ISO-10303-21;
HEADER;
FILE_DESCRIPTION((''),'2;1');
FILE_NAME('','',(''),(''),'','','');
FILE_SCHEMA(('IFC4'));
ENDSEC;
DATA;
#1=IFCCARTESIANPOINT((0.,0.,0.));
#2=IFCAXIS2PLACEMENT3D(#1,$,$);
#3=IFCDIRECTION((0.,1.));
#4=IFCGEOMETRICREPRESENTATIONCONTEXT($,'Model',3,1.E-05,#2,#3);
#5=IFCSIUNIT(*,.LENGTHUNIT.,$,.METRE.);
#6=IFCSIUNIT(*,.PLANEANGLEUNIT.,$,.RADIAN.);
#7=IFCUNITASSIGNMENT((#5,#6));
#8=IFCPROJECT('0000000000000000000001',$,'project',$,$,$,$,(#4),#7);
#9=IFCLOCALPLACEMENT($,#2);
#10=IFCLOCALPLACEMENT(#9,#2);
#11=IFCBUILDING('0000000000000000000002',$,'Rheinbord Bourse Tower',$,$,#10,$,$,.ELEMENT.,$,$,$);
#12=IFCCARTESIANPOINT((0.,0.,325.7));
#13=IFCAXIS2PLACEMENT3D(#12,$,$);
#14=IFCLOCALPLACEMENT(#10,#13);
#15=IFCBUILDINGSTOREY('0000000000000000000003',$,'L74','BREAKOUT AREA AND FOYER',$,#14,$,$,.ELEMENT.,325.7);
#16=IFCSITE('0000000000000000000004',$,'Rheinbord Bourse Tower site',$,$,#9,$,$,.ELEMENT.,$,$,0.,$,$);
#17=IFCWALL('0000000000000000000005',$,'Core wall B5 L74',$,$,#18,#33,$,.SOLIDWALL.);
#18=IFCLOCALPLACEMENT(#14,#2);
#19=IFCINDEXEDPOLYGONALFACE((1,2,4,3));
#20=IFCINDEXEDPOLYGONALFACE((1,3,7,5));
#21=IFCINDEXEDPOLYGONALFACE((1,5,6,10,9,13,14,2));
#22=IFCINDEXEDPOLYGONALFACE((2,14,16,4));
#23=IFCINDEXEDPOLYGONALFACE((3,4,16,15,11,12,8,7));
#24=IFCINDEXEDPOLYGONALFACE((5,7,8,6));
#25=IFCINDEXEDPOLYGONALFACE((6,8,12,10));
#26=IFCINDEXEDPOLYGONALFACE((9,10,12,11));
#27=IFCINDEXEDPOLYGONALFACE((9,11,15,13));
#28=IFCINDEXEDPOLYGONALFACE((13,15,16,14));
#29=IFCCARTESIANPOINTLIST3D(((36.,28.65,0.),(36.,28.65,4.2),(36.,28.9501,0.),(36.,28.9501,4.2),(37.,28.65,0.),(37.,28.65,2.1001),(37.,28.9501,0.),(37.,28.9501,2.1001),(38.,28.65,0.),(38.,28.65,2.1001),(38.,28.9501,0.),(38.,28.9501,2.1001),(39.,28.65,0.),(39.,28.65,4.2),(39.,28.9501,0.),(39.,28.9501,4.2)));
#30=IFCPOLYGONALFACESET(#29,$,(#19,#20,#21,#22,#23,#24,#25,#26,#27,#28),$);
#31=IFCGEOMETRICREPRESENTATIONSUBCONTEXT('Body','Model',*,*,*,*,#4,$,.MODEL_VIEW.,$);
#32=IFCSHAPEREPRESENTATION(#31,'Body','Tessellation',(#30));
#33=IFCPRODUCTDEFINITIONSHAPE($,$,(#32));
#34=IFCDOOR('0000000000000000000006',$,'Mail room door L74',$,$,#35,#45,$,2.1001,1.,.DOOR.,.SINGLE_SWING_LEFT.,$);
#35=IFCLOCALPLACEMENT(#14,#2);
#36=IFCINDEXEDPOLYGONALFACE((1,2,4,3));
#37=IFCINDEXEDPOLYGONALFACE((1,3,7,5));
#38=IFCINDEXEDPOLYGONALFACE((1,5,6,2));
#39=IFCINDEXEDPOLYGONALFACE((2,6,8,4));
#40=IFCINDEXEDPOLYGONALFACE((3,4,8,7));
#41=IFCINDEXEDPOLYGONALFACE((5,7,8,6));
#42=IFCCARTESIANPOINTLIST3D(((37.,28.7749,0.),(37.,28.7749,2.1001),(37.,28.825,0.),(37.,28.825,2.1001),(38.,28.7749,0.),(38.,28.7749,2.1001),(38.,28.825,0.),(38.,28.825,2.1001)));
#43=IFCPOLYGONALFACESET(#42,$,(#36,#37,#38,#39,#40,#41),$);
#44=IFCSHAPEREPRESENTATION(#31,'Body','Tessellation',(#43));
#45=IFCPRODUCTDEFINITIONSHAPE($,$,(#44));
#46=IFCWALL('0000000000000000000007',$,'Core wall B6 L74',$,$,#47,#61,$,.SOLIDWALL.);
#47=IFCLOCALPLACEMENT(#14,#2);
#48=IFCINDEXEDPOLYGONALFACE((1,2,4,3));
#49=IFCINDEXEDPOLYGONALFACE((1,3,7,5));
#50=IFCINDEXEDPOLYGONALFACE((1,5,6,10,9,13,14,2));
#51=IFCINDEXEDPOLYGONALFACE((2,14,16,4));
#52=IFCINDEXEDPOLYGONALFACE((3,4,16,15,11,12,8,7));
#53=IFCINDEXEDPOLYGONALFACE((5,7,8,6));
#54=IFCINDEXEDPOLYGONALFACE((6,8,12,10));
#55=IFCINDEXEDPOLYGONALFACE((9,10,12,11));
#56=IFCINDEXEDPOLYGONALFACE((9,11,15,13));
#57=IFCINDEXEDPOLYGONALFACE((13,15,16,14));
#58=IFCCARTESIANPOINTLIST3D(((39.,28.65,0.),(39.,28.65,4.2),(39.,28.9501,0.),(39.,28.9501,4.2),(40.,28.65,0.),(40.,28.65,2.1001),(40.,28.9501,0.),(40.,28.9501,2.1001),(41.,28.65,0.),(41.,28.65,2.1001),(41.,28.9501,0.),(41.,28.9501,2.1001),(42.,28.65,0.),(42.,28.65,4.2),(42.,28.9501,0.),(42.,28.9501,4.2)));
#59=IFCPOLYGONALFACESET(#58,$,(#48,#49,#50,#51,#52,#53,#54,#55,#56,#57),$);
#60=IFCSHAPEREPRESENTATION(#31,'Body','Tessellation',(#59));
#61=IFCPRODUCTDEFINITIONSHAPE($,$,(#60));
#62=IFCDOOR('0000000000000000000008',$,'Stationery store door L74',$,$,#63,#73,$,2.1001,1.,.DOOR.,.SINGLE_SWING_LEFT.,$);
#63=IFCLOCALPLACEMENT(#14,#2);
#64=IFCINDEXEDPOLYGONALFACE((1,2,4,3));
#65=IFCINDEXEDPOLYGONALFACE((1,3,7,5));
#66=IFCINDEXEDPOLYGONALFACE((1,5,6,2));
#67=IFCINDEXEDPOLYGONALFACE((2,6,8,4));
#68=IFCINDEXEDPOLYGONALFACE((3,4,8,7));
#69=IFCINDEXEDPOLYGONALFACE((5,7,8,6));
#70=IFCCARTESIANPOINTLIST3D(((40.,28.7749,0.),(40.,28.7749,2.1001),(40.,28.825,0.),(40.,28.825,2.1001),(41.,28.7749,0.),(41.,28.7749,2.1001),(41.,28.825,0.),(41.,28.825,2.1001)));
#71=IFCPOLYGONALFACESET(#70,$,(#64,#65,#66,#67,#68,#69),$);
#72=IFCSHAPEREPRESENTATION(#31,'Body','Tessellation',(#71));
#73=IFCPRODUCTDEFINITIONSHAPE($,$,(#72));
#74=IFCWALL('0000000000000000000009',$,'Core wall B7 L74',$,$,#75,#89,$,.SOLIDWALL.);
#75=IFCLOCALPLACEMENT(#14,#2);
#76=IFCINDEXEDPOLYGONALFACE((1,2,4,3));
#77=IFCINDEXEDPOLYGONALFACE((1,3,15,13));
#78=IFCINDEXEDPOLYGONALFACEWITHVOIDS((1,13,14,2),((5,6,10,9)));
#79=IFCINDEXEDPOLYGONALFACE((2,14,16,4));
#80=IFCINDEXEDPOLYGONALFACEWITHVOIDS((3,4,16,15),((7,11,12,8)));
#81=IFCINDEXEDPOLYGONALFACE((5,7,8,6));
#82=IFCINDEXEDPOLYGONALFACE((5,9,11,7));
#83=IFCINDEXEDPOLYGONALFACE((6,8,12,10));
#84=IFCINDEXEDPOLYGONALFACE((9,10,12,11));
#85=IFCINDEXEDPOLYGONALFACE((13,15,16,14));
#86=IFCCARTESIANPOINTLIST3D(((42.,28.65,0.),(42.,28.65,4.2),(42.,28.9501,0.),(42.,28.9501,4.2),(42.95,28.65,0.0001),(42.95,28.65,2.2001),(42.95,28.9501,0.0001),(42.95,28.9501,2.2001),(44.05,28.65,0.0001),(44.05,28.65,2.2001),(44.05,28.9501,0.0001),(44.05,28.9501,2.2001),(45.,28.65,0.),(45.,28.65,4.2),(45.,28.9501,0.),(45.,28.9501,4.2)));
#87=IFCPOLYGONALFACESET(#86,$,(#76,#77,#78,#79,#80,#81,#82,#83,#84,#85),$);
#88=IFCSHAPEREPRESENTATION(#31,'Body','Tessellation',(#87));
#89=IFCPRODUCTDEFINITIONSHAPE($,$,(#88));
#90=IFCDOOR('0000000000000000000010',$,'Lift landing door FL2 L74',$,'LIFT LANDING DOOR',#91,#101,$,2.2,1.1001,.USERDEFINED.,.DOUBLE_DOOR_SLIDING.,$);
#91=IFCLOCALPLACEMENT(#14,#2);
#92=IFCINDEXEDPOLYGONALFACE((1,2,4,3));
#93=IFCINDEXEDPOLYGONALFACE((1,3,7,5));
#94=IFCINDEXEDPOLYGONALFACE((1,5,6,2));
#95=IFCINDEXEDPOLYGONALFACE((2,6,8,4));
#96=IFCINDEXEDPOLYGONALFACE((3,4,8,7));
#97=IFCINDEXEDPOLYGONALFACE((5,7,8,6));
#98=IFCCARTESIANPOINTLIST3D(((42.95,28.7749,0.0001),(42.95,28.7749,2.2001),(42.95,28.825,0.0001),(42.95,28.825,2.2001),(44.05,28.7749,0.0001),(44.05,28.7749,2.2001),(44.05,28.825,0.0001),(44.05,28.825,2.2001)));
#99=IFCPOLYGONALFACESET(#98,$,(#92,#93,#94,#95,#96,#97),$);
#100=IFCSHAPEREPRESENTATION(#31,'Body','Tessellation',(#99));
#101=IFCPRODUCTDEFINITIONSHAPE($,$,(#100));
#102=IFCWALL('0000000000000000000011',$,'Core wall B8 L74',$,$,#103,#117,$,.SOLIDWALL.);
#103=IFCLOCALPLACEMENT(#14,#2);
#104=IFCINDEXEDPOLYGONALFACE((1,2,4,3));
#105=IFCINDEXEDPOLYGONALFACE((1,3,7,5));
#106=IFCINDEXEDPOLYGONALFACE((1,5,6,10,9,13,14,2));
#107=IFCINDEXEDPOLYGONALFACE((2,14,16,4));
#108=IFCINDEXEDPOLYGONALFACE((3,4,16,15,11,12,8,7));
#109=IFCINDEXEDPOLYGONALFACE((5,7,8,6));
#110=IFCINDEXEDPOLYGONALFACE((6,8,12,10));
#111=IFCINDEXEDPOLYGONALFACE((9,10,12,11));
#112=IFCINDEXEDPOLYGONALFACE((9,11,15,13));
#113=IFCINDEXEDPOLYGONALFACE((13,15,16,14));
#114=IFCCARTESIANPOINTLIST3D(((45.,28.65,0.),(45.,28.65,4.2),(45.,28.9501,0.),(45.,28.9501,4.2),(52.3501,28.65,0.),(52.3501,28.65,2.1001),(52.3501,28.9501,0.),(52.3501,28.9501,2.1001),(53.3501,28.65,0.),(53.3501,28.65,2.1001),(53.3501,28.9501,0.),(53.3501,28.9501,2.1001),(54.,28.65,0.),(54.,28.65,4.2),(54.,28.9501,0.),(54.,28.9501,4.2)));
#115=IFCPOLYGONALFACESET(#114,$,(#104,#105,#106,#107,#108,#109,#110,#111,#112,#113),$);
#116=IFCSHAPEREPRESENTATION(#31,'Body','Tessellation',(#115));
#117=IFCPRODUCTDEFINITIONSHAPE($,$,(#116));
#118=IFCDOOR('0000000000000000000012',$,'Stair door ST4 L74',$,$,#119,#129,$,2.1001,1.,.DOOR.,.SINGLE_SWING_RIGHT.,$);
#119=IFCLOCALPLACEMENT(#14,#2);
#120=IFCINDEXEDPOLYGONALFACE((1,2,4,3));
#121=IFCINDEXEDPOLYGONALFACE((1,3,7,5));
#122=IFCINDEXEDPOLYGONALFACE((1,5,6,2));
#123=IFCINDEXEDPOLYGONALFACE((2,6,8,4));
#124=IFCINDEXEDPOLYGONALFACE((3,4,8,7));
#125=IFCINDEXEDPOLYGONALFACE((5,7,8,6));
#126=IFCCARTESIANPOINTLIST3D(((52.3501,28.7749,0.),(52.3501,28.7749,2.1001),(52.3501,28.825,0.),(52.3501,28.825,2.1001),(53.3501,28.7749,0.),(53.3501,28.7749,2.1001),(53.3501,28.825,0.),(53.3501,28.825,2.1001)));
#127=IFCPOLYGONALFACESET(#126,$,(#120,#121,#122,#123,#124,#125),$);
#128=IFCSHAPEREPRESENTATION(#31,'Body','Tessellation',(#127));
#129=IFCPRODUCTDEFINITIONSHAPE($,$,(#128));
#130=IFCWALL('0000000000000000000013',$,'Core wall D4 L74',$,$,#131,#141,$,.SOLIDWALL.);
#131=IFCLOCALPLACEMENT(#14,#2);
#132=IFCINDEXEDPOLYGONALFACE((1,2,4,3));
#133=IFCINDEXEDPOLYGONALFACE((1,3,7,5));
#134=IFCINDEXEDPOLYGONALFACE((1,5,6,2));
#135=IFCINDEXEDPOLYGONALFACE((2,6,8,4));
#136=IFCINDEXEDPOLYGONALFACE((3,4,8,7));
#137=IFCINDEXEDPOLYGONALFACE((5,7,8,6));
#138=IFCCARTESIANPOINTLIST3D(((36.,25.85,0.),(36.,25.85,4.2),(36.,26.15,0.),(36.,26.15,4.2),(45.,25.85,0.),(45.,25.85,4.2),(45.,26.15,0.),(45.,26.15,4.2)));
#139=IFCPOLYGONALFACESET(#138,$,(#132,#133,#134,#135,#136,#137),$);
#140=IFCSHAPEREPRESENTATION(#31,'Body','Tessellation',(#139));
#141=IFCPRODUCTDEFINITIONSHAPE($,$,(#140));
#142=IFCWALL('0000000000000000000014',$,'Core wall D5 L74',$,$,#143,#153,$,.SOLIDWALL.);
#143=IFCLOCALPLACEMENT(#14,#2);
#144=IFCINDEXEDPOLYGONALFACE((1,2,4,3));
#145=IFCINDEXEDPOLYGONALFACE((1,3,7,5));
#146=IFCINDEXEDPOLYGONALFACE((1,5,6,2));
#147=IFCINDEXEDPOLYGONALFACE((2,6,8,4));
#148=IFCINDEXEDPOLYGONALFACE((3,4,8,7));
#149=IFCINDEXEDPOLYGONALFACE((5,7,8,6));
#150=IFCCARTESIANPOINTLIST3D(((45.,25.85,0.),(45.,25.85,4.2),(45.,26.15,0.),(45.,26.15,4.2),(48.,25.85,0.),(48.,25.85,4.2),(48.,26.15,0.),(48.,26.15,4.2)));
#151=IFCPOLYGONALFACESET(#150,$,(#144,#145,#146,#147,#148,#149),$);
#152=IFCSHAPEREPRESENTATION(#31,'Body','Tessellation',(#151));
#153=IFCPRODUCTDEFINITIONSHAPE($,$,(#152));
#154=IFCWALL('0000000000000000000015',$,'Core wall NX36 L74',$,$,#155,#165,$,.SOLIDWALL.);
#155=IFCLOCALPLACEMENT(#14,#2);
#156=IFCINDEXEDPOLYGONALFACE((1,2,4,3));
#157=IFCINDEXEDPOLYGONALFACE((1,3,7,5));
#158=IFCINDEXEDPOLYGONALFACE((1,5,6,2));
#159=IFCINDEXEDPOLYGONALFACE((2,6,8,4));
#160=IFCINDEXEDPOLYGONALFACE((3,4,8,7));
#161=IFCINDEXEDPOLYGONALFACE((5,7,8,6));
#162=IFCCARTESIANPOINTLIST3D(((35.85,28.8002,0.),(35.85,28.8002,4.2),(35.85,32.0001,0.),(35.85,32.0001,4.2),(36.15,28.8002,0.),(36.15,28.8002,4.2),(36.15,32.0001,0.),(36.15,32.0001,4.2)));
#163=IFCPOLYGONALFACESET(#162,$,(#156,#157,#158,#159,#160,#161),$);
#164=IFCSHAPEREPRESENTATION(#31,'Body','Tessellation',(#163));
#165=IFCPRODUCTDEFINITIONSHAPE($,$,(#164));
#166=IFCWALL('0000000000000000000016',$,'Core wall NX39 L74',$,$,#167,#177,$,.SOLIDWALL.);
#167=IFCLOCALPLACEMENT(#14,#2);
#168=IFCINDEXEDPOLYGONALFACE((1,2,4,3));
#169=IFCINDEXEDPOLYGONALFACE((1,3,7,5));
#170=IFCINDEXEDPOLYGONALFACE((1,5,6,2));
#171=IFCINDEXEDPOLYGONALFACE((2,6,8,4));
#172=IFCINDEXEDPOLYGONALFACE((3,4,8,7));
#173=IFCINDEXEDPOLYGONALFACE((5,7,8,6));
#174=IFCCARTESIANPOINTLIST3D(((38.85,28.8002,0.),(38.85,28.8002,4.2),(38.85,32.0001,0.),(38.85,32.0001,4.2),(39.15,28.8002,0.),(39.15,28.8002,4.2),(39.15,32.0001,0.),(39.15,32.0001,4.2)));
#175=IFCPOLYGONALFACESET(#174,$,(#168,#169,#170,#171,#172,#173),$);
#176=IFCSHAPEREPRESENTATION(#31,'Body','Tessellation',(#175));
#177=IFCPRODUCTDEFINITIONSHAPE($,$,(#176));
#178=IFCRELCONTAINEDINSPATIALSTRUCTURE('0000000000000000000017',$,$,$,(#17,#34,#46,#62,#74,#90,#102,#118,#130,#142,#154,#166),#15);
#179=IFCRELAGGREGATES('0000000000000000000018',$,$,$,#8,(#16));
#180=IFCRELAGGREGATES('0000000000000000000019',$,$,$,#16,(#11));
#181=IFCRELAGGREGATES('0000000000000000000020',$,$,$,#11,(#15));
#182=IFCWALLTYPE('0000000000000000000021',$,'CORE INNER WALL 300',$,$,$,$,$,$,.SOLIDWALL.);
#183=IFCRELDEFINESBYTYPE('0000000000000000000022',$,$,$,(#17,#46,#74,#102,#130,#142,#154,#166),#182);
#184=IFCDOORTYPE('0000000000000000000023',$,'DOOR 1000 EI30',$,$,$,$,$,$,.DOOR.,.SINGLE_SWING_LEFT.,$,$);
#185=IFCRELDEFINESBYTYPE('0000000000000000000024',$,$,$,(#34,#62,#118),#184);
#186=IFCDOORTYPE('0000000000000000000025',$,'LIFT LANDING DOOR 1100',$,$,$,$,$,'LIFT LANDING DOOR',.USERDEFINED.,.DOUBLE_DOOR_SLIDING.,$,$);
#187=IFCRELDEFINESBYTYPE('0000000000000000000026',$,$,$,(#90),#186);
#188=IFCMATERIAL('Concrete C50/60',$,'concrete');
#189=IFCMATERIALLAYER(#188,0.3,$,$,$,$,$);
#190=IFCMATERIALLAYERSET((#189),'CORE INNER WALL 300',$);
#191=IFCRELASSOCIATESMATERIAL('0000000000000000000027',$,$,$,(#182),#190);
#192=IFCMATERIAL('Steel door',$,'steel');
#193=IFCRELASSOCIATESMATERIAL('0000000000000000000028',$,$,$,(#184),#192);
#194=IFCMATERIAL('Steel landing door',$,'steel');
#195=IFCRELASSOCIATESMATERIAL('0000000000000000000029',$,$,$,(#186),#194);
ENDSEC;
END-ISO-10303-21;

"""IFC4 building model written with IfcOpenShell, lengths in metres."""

from ifc_helpers import new_model, si_unit, direction, frame, frame_2d, origin, place, context, subcontext, project, spatial, rectangle, extrude, material, layer, layer_set, type_object, element, fill, save


model = new_model("IFC4")

# Units and contexts
model_context = context("Model", 3, precision=1e-05, world=origin(), true_north=direction((0.0, 1.0)))
body_context = subcontext(model_context, "Body", "Model", "MODEL_VIEW")
ifc_project = project(units=[si_unit("LENGTHUNIT", "METRE"), si_unit("PLANEANGLEUNIT", "RADIAN")], contexts=[model_context])

# Site, building, storey
site_placement = place(None, origin())
site = spatial("IfcSite", under=ifc_project, at=site_placement, Name="Rheinbord Bourse Tower site", CompositionType="ELEMENT", RefElevation=0.0)
building_placement = place(site_placement, origin())
building = spatial("IfcBuilding", under=site, at=building_placement, Name="Rheinbord Bourse Tower", CompositionType="ELEMENT")
storey_placement = place(building_placement, frame((0.0, 0.0, 325.7)))
storey = spatial("IfcBuildingStorey", under=building, at=storey_placement, Name="L74", Description="BREAKOUT AREA AND FOYER", CompositionType="ELEMENT", Elevation=325.7)

# Walls, openings, doors
ifc_material_1 = material(Name="Concrete C50/60", Category="concrete")
ifc_layer_1 = layer(ifc_material_1, 0.3)
ifc_layer_set_1 = layer_set([ifc_layer_1], Name="CORE INNER WALL 300")
wall_type_1 = type_object("IfcWallType", Name="CORE INNER WALL 300", PredefinedType="SOLIDWALL", material=ifc_layer_set_1)
wall_1_placement = place(storey_placement, frame((36.0, 28.8, 0.0), z_axis=(0.0, 0.0, 1.0), x_axis=(1.0, 0.0, 0.0)))
wall_1 = element("IfcWall", 1, at=wall_1_placement, inside=storey, type_object=wall_type_1, Name="Core wall B5 L74", PredefinedType="SOLIDWALL", context=body_context, shape_type="SweptSolid", body=[
    extrude(rectangle(XDim=3.0, YDim=0.3, at=frame_2d((1.5, 0.0))), origin(), (0.0, 0.0, 1.0), 4.2),
])
opening_1_placement = place(wall_1_placement, frame((1.0, 0.0, 0.0)))
opening_1 = element("IfcOpeningElement", 2, at=opening_1_placement, cuts=wall_1, PredefinedType="OPENING", context=body_context, shape_type="SweptSolid", body=[
    extrude(rectangle(XDim=1.0, YDim=2.1001, at=frame_2d((0.5, 1.05))), frame((0.0, 0.1599, 0.0), z_axis=(0.0, -1.0, 0.0), x_axis=(1.0, 0.0, 0.0)), (0.0, 0.0, 1.0), 0.3201),
])
ifc_material_2 = material(Name="Steel door", Category="steel")
door_type_1 = type_object("IfcDoorType", Name="DOOR 1000 EI30", OperationType="SINGLE_SWING_LEFT", PredefinedType="DOOR", material=ifc_material_2)
door_1_placement = place(opening_1_placement, origin())
door_1 = element("IfcDoor", 3, at=door_1_placement, inside=storey, type_object=door_type_1, Name="Mail room door L74", OperationType="SINGLE_SWING_LEFT", OverallHeight=2.1001, OverallWidth=1.0, PredefinedType="DOOR", context=body_context, shape_type="SweptSolid", body=[
    extrude(rectangle(XDim=1.0, YDim=2.1001, at=frame_2d((0.5, 1.05))), frame((0.0, 0.0249, 0.0), z_axis=(0.0, -1.0, 0.0), x_axis=(1.0, 0.0, 0.0)), (0.0, 0.0, 1.0), 0.05),
])
fill(opening_1, door_1)
wall_2_placement = place(storey_placement, frame((39.0, 28.8, 0.0), z_axis=(0.0, 0.0, 1.0), x_axis=(1.0, 0.0, 0.0)))
wall_2 = element("IfcWall", 4, at=wall_2_placement, inside=storey, type_object=wall_type_1, Name="Core wall B6 L74", PredefinedType="SOLIDWALL", context=body_context, shape_type="SweptSolid", body=[
    extrude(rectangle(XDim=3.0, YDim=0.3, at=frame_2d((1.5, 0.0))), origin(), (0.0, 0.0, 1.0), 4.2),
])
opening_2_placement = place(wall_2_placement, frame((1.0, 0.0, 0.0)))
opening_2 = element("IfcOpeningElement", 5, at=opening_2_placement, cuts=wall_2, PredefinedType="OPENING", context=body_context, shape_type="SweptSolid", body=[
    extrude(rectangle(XDim=1.0, YDim=2.1001, at=frame_2d((0.5, 1.05))), frame((0.0, 0.1599, 0.0), z_axis=(0.0, -1.0, 0.0), x_axis=(1.0, 0.0, 0.0)), (0.0, 0.0, 1.0), 0.3201),
])
door_2_placement = place(opening_2_placement, origin())
door_2 = element("IfcDoor", 6, at=door_2_placement, inside=storey, type_object=door_type_1, Name="Stationery store door L74", OperationType="SINGLE_SWING_LEFT", OverallHeight=2.1001, OverallWidth=1.0, PredefinedType="DOOR", context=body_context, shape_type="SweptSolid", body=[
    extrude(rectangle(XDim=1.0, YDim=2.1001, at=frame_2d((0.5, 1.05))), frame((0.0, 0.0249, 0.0), z_axis=(0.0, -1.0, 0.0), x_axis=(1.0, 0.0, 0.0)), (0.0, 0.0, 1.0), 0.05),
])
fill(opening_2, door_2)
wall_3_placement = place(storey_placement, frame((42.0, 28.8, 0.0), z_axis=(0.0, 0.0, 1.0), x_axis=(1.0, 0.0, 0.0)))
wall_3 = element("IfcWall", 7, at=wall_3_placement, inside=storey, type_object=wall_type_1, Name="Core wall B7 L74", PredefinedType="SOLIDWALL", context=body_context, shape_type="SweptSolid", body=[
    extrude(rectangle(XDim=3.0, YDim=0.3, at=frame_2d((1.5, 0.0))), origin(), (0.0, 0.0, 1.0), 4.2),
])
opening_3_placement = place(wall_3_placement, frame((0.95, 0.0, 0.0)))
opening_3 = element("IfcOpeningElement", 8, at=opening_3_placement, cuts=wall_3, PredefinedType="OPENING", context=body_context, shape_type="SweptSolid", body=[
    extrude(rectangle(XDim=1.1001, YDim=2.2, at=frame_2d((0.55, 1.1001))), frame((0.0, 0.1599, 0.0), z_axis=(0.0, -1.0, 0.0), x_axis=(1.0, 0.0, 0.0)), (0.0, 0.0, 1.0), 0.3201),
])
ifc_material_3 = material(Name="Steel landing door", Category="steel")
door_type_2 = type_object("IfcDoorType", Name="LIFT LANDING DOOR 1100", ElementType="LIFT LANDING DOOR", OperationType="DOUBLE_DOOR_SLIDING", PredefinedType="USERDEFINED", material=ifc_material_3)
door_3_placement = place(opening_3_placement, origin())
door_3 = element("IfcDoor", 9, at=door_3_placement, inside=storey, type_object=door_type_2, Name="Lift landing door FL2 L74", ObjectType="LIFT LANDING DOOR", OperationType="DOUBLE_DOOR_SLIDING", OverallHeight=2.2, OverallWidth=1.1001, PredefinedType="USERDEFINED", context=body_context, shape_type="SweptSolid", body=[
    extrude(rectangle(XDim=1.1001, YDim=2.2, at=frame_2d((0.55, 1.1001))), frame((0.0, 0.0249, 0.0), z_axis=(0.0, -1.0, 0.0), x_axis=(1.0, 0.0, 0.0)), (0.0, 0.0, 1.0), 0.05),
])
fill(opening_3, door_3)
wall_4_placement = place(storey_placement, frame((45.0, 28.8, 0.0), z_axis=(0.0, 0.0, 1.0), x_axis=(1.0, 0.0, 0.0)))
wall_4 = element("IfcWall", 10, at=wall_4_placement, inside=storey, type_object=wall_type_1, Name="Core wall B8 L74", PredefinedType="SOLIDWALL", context=body_context, shape_type="SweptSolid", body=[
    extrude(rectangle(XDim=9.0, YDim=0.3, at=frame_2d((4.5, 0.0))), origin(), (0.0, 0.0, 1.0), 4.2),
])
opening_4_placement = place(wall_4_placement, frame((7.3501, 0.0, 0.0)))
opening_4 = element("IfcOpeningElement", 11, at=opening_4_placement, cuts=wall_4, PredefinedType="OPENING", context=body_context, shape_type="SweptSolid", body=[
    extrude(rectangle(XDim=1.0, YDim=2.1001, at=frame_2d((0.5, 1.05))), frame((0.0, 0.1599, 0.0), z_axis=(0.0, -1.0, 0.0), x_axis=(1.0, 0.0, 0.0)), (0.0, 0.0, 1.0), 0.3201),
])
door_4_placement = place(opening_4_placement, origin())
door_4 = element("IfcDoor", 12, at=door_4_placement, inside=storey, type_object=door_type_1, Name="Stair door ST4 L74", OperationType="SINGLE_SWING_RIGHT", OverallHeight=2.1001, OverallWidth=1.0, PredefinedType="DOOR", context=body_context, shape_type="SweptSolid", body=[
    extrude(rectangle(XDim=1.0, YDim=2.1001, at=frame_2d((0.5, 1.05))), frame((0.0, 0.0249, 0.0), z_axis=(0.0, -1.0, 0.0), x_axis=(1.0, 0.0, 0.0)), (0.0, 0.0, 1.0), 0.05),
])
fill(opening_4, door_4)

# Walls
wall_5_placement = place(storey_placement, frame((36.0, 26.0, 0.0), z_axis=(0.0, 0.0, 1.0), x_axis=(1.0, 0.0, 0.0)))
element("IfcWall", 13, at=wall_5_placement, inside=storey, type_object=wall_type_1, Name="Core wall D4 L74", PredefinedType="SOLIDWALL", context=body_context, shape_type="SweptSolid", body=[
    extrude(rectangle(XDim=9.0, YDim=0.3, at=frame_2d((4.5, 0.0))), origin(), (0.0, 0.0, 1.0), 4.2),
])
wall_6_placement = place(storey_placement, frame((45.0, 26.0, 0.0), z_axis=(0.0, 0.0, 1.0), x_axis=(1.0, 0.0, 0.0)))
element("IfcWall", 14, at=wall_6_placement, inside=storey, type_object=wall_type_1, Name="Core wall D5 L74", PredefinedType="SOLIDWALL", context=body_context, shape_type="SweptSolid", body=[
    extrude(rectangle(XDim=3.0, YDim=0.3, at=frame_2d((1.5, 0.0))), origin(), (0.0, 0.0, 1.0), 4.2),
])
for number, where, z_axis, x_axis, name in (
    (15, (36.0, 28.8, 0.0), (0.0, 0.0, 1.0), (0.0, 1.0, 0.0), "Core wall NX36 L74"),
    (16, (39.0, 28.8, 0.0), (0.0, 0.0, 1.0), (0.0, 1.0, 0.0), "Core wall NX39 L74"),
):
    element("IfcWall", number, at=place(storey_placement, frame(where, z_axis=z_axis, x_axis=x_axis)), inside=storey, type_object=wall_type_1, Name=name, PredefinedType="SOLIDWALL", context=body_context, shape_type="SweptSolid", body=[
        extrude(rectangle(XDim=3.2, YDim=0.3, at=frame_2d((1.6001, 0.0))), origin(), (0.0, 0.0, 1.0), 4.2),
    ])

save(model, "model.ifc")
